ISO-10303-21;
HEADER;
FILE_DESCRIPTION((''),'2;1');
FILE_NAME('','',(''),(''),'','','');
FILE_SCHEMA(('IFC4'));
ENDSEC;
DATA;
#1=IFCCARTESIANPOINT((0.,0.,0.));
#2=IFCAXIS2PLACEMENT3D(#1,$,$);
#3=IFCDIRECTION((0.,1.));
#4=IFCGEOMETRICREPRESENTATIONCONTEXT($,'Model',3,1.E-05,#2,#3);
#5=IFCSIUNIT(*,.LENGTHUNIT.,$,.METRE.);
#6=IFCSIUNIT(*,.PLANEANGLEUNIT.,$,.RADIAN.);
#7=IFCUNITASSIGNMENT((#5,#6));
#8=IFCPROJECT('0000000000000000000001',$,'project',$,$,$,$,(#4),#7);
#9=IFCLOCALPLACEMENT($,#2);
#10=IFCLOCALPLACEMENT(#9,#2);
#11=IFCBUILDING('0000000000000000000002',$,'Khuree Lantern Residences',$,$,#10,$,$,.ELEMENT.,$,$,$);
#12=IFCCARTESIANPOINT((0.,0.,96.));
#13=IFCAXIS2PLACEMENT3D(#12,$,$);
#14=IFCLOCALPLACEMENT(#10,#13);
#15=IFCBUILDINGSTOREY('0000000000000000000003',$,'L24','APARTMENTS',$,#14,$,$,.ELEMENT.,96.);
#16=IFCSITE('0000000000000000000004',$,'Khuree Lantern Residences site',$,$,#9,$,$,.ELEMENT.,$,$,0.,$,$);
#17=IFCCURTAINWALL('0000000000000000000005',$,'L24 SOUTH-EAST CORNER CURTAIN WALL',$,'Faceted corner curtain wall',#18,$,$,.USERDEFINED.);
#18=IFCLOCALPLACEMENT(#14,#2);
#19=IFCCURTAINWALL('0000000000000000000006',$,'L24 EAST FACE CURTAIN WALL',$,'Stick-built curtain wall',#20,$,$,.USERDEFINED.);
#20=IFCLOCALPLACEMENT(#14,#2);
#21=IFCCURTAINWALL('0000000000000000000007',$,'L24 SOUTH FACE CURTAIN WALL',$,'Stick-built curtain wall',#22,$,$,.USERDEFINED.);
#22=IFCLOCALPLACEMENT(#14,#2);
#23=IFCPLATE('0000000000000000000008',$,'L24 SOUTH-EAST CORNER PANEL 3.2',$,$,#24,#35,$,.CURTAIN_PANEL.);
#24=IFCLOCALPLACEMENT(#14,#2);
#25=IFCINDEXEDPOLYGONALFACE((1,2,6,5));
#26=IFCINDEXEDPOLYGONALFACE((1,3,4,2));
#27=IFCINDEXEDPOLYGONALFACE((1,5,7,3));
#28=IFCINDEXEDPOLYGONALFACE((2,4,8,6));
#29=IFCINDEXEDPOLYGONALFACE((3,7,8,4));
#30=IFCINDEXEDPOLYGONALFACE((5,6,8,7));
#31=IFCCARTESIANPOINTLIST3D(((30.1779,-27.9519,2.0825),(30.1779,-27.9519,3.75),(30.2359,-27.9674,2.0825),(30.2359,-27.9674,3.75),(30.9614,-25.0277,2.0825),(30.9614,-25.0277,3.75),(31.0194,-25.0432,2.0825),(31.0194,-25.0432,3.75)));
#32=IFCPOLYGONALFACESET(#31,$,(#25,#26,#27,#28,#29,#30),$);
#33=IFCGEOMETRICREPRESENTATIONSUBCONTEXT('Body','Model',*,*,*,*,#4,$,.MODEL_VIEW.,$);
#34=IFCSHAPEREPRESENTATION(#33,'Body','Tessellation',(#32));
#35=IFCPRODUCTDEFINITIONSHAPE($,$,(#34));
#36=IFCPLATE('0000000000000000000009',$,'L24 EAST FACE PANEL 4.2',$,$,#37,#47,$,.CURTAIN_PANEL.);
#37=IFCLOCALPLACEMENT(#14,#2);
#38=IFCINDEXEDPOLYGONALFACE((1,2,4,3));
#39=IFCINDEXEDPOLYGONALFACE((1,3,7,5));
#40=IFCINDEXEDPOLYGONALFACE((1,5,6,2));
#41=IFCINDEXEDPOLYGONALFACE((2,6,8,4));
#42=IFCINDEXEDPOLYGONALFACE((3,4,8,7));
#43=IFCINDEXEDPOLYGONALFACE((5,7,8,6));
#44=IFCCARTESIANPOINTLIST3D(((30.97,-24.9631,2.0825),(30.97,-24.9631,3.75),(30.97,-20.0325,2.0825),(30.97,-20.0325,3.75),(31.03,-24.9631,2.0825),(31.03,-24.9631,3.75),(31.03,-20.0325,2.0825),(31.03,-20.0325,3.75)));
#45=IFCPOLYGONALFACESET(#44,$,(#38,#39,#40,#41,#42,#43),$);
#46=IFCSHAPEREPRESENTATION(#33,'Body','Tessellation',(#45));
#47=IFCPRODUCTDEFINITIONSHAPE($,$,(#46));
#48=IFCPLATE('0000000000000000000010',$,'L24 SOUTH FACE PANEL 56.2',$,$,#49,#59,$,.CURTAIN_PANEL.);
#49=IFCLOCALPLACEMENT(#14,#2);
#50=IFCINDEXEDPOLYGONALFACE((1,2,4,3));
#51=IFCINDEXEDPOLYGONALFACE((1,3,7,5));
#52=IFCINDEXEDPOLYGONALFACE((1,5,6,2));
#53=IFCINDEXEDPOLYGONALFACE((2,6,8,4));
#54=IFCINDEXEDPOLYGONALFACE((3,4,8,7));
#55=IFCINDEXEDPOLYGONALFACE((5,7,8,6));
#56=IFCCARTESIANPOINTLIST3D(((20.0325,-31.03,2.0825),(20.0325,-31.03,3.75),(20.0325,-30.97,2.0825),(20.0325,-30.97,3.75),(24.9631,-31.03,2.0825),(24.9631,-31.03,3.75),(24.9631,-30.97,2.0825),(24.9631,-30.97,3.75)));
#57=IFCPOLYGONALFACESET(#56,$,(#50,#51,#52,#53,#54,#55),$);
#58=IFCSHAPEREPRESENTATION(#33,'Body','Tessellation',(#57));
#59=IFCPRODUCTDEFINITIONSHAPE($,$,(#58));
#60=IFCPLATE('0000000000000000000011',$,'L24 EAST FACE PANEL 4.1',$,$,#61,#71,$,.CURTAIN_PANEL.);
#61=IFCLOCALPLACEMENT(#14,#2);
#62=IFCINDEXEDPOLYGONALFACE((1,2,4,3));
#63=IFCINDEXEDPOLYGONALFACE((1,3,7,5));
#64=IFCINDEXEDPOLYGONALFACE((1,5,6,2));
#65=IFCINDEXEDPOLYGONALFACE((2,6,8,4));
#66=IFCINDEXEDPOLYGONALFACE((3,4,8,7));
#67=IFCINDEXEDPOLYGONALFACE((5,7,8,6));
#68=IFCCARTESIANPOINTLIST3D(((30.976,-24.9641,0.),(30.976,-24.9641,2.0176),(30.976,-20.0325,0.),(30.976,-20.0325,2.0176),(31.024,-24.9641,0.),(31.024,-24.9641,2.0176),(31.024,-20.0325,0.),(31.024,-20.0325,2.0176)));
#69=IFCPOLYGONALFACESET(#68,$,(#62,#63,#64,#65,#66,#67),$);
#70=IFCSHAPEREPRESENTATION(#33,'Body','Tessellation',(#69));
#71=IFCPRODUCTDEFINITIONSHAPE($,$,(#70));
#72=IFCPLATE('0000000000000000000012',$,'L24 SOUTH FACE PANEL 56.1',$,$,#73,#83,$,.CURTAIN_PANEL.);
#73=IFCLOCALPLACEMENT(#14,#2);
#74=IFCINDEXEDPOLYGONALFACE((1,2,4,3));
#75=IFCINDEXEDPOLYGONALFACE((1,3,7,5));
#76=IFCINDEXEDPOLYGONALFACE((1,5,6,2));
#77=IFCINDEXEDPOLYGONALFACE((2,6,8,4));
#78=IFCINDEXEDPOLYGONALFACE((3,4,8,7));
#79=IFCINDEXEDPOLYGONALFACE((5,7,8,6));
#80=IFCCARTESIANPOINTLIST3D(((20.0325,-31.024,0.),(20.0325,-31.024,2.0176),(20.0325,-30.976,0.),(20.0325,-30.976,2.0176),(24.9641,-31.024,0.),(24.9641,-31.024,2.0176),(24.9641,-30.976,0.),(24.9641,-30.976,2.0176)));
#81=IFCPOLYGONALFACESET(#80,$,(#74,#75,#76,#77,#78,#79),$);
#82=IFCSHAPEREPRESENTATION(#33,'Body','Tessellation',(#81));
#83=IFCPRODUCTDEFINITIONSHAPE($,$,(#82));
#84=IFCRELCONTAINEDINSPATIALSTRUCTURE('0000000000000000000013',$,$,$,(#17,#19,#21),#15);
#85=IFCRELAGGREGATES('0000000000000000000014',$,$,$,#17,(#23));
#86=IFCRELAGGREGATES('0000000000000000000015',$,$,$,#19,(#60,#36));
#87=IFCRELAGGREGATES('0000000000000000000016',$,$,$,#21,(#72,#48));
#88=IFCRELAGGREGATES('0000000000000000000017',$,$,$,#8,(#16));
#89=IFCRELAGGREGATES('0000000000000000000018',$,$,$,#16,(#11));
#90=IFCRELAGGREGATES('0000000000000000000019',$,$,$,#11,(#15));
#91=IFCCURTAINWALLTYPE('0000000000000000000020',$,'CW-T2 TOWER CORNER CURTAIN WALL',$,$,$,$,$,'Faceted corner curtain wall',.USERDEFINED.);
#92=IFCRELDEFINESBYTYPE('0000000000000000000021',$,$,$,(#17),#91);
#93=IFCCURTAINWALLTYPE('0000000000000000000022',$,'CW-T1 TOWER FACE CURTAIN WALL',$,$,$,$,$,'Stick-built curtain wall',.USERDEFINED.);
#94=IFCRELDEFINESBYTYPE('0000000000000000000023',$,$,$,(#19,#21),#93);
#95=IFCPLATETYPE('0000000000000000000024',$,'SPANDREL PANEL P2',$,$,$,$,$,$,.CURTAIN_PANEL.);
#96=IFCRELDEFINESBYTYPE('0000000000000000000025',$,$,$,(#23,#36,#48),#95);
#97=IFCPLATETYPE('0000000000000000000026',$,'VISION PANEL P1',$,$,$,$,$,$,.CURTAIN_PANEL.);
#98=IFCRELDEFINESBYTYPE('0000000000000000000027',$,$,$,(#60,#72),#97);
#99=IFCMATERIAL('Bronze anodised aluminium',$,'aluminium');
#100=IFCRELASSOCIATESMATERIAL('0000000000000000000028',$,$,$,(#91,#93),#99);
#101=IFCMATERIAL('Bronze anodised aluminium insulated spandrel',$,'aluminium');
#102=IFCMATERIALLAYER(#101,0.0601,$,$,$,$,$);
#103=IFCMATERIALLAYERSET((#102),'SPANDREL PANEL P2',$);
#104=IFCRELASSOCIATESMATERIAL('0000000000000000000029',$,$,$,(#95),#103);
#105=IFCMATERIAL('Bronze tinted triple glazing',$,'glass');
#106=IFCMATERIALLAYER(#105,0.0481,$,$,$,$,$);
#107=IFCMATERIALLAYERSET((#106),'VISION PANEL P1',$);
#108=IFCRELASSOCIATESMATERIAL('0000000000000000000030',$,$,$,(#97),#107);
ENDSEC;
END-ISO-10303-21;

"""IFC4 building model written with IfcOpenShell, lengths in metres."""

from ifc_helpers import new_model, si_unit, direction, frame, origin, origin_2d, place, context, subcontext, project, spatial, rectangle, extrude, material, layer, layer_set, type_object, element, aggregate, save


model = new_model("IFC4")

# Units and contexts
model_context = context("Model", 3, precision=1e-05, world=origin(), true_north=direction((0.0, 1.0)))
body_context = subcontext(model_context, "Body", "Model", "MODEL_VIEW")
ifc_project = project(units=[si_unit("LENGTHUNIT", "METRE"), si_unit("PLANEANGLEUNIT", "RADIAN")], contexts=[model_context])

# Site, building, storey
site_placement = place(None, origin())
site = spatial("IfcSite", under=ifc_project, at=site_placement, Name="Khuree Lantern Residences site", CompositionType="ELEMENT", RefElevation=0.0)
building_placement = place(site_placement, origin())
building = spatial("IfcBuilding", under=site, at=building_placement, Name="Khuree Lantern Residences", CompositionType="ELEMENT")
storey_placement = place(building_placement, frame((0.0, 0.0, 96.0)))
storey = spatial("IfcBuildingStorey", under=building, at=storey_placement, Name="L24", Description="APARTMENTS", CompositionType="ELEMENT", Elevation=96.0)

# Curtain walls
ifc_material_1 = material(Name="Bronze anodised aluminium", Category="aluminium")
curtain_wall_type_1 = type_object("IfcCurtainWallType", Name="CW-T2 TOWER CORNER CURTAIN WALL", ElementType="Faceted corner curtain wall", PredefinedType="USERDEFINED", material=ifc_material_1)
curtain_wall_1_placement = place(storey_placement, origin())
curtain_wall_1 = element("IfcCurtainWall", 1, at=curtain_wall_1_placement, inside=storey, type_object=curtain_wall_type_1, Name="L24 SOUTH-EAST CORNER CURTAIN WALL", ObjectType="Faceted corner curtain wall", PredefinedType="USERDEFINED")
curtain_wall_type_2 = type_object("IfcCurtainWallType", Name="CW-T1 TOWER FACE CURTAIN WALL", ElementType="Stick-built curtain wall", PredefinedType="USERDEFINED", material=ifc_material_1)
curtain_wall_2_placement = place(storey_placement, origin())
curtain_wall_2 = element("IfcCurtainWall", 2, at=curtain_wall_2_placement, inside=storey, type_object=curtain_wall_type_2, Name="L24 EAST FACE CURTAIN WALL", ObjectType="Stick-built curtain wall", PredefinedType="USERDEFINED")

# Curtain wall
curtain_wall_3_placement = place(storey_placement, origin())
curtain_wall_3 = element("IfcCurtainWall", 3, at=curtain_wall_3_placement, inside=storey, type_object=curtain_wall_type_2, Name="L24 SOUTH FACE CURTAIN WALL", ObjectType="Stick-built curtain wall", PredefinedType="USERDEFINED")

# Plates
ifc_material_2 = material(Name="Bronze tinted triple glazing", Category="glass")
ifc_material_3 = material(Name="Bronze anodised aluminium insulated spandrel", Category="aluminium")
ifc_layer_1 = layer(ifc_material_3, 0.0601)
ifc_layer_set_1 = layer_set([ifc_layer_1], Name="SPANDREL PANEL P2")
plate_type_1 = type_object("IfcPlateType", Name="SPANDREL PANEL P2", PredefinedType="CURTAIN_PANEL", material=ifc_layer_set_1)
plate_1_placement = place(storey_placement, frame((30.5986, -26.4976, 2.0825), z_axis=(0.0, 0.0, 1.0), x_axis=(0.258819, 0.965926, 0.0)))
plate_1 = element("IfcPlate", 4, at=plate_1_placement, type_object=plate_type_1, Name="L24 SOUTH-EAST CORNER PANEL 3.2", PredefinedType="CURTAIN_PANEL", context=body_context, shape_type="SweptSolid", body=[
    extrude(rectangle(XDim=3.0273, YDim=0.0601, at=origin_2d()), origin(), (0.0, 0.0, 1.0), 1.6675),
])
aggregate(curtain_wall_1, [plate_1])
plate_2_placement = place(storey_placement, frame((31.0, -22.4978, 2.0825), z_axis=(0.0, 0.0, 1.0), x_axis=(0.0, 1.0, 0.0)))
plate_2 = element("IfcPlate", 5, at=plate_2_placement, type_object=plate_type_1, Name="L24 EAST FACE PANEL 4.2", PredefinedType="CURTAIN_PANEL", context=body_context, shape_type="SweptSolid", body=[
    extrude(rectangle(XDim=4.9307, YDim=0.0601, at=origin_2d()), origin(), (0.0, 0.0, 1.0), 1.6675),
])
plate_3_placement = place(storey_placement, frame((22.4978, -31.0, 2.0825), z_axis=(0.0, 0.0, 1.0), x_axis=(1.0, 0.0, 0.0)))
plate_3 = element("IfcPlate", 6, at=plate_3_placement, type_object=plate_type_1, Name="L24 SOUTH FACE PANEL 56.2", PredefinedType="CURTAIN_PANEL", context=body_context, shape_type="SweptSolid", body=[
    extrude(rectangle(XDim=4.9307, YDim=0.0601, at=origin_2d()), origin(), (0.0, 0.0, 1.0), 1.6675),
])
ifc_layer_2 = layer(ifc_material_2, 0.0481)
ifc_layer_set_2 = layer_set([ifc_layer_2], Name="VISION PANEL P1")
plate_type_2 = type_object("IfcPlateType", Name="VISION PANEL P1", PredefinedType="CURTAIN_PANEL", material=ifc_layer_set_2)
plate_4_placement = place(storey_placement, frame((31.0, -22.4983, 0.0), z_axis=(0.0, 0.0, 1.0), x_axis=(0.0, 1.0, 0.0)))
plate_4 = element("IfcPlate", 7, at=plate_4_placement, type_object=plate_type_2, Name="L24 EAST FACE PANEL 4.1", PredefinedType="CURTAIN_PANEL", context=body_context, shape_type="SweptSolid", body=[
    extrude(rectangle(XDim=4.9316, YDim=0.0481, at=origin_2d()), origin(), (0.0, 0.0, 1.0), 2.0176),
])
aggregate(curtain_wall_2, [plate_4, plate_2])
plate_5_placement = place(storey_placement, frame((22.4983, -31.0, 0.0), z_axis=(0.0, 0.0, 1.0), x_axis=(1.0, 0.0, 0.0)))
plate_5 = element("IfcPlate", 8, at=plate_5_placement, type_object=plate_type_2, Name="L24 SOUTH FACE PANEL 56.1", PredefinedType="CURTAIN_PANEL", context=body_context, shape_type="SweptSolid", body=[
    extrude(rectangle(XDim=4.9316, YDim=0.0481, at=origin_2d()), origin(), (0.0, 0.0, 1.0), 2.0176),
])
aggregate(curtain_wall_3, [plate_5, plate_3])

save(model, "model.ifc")
